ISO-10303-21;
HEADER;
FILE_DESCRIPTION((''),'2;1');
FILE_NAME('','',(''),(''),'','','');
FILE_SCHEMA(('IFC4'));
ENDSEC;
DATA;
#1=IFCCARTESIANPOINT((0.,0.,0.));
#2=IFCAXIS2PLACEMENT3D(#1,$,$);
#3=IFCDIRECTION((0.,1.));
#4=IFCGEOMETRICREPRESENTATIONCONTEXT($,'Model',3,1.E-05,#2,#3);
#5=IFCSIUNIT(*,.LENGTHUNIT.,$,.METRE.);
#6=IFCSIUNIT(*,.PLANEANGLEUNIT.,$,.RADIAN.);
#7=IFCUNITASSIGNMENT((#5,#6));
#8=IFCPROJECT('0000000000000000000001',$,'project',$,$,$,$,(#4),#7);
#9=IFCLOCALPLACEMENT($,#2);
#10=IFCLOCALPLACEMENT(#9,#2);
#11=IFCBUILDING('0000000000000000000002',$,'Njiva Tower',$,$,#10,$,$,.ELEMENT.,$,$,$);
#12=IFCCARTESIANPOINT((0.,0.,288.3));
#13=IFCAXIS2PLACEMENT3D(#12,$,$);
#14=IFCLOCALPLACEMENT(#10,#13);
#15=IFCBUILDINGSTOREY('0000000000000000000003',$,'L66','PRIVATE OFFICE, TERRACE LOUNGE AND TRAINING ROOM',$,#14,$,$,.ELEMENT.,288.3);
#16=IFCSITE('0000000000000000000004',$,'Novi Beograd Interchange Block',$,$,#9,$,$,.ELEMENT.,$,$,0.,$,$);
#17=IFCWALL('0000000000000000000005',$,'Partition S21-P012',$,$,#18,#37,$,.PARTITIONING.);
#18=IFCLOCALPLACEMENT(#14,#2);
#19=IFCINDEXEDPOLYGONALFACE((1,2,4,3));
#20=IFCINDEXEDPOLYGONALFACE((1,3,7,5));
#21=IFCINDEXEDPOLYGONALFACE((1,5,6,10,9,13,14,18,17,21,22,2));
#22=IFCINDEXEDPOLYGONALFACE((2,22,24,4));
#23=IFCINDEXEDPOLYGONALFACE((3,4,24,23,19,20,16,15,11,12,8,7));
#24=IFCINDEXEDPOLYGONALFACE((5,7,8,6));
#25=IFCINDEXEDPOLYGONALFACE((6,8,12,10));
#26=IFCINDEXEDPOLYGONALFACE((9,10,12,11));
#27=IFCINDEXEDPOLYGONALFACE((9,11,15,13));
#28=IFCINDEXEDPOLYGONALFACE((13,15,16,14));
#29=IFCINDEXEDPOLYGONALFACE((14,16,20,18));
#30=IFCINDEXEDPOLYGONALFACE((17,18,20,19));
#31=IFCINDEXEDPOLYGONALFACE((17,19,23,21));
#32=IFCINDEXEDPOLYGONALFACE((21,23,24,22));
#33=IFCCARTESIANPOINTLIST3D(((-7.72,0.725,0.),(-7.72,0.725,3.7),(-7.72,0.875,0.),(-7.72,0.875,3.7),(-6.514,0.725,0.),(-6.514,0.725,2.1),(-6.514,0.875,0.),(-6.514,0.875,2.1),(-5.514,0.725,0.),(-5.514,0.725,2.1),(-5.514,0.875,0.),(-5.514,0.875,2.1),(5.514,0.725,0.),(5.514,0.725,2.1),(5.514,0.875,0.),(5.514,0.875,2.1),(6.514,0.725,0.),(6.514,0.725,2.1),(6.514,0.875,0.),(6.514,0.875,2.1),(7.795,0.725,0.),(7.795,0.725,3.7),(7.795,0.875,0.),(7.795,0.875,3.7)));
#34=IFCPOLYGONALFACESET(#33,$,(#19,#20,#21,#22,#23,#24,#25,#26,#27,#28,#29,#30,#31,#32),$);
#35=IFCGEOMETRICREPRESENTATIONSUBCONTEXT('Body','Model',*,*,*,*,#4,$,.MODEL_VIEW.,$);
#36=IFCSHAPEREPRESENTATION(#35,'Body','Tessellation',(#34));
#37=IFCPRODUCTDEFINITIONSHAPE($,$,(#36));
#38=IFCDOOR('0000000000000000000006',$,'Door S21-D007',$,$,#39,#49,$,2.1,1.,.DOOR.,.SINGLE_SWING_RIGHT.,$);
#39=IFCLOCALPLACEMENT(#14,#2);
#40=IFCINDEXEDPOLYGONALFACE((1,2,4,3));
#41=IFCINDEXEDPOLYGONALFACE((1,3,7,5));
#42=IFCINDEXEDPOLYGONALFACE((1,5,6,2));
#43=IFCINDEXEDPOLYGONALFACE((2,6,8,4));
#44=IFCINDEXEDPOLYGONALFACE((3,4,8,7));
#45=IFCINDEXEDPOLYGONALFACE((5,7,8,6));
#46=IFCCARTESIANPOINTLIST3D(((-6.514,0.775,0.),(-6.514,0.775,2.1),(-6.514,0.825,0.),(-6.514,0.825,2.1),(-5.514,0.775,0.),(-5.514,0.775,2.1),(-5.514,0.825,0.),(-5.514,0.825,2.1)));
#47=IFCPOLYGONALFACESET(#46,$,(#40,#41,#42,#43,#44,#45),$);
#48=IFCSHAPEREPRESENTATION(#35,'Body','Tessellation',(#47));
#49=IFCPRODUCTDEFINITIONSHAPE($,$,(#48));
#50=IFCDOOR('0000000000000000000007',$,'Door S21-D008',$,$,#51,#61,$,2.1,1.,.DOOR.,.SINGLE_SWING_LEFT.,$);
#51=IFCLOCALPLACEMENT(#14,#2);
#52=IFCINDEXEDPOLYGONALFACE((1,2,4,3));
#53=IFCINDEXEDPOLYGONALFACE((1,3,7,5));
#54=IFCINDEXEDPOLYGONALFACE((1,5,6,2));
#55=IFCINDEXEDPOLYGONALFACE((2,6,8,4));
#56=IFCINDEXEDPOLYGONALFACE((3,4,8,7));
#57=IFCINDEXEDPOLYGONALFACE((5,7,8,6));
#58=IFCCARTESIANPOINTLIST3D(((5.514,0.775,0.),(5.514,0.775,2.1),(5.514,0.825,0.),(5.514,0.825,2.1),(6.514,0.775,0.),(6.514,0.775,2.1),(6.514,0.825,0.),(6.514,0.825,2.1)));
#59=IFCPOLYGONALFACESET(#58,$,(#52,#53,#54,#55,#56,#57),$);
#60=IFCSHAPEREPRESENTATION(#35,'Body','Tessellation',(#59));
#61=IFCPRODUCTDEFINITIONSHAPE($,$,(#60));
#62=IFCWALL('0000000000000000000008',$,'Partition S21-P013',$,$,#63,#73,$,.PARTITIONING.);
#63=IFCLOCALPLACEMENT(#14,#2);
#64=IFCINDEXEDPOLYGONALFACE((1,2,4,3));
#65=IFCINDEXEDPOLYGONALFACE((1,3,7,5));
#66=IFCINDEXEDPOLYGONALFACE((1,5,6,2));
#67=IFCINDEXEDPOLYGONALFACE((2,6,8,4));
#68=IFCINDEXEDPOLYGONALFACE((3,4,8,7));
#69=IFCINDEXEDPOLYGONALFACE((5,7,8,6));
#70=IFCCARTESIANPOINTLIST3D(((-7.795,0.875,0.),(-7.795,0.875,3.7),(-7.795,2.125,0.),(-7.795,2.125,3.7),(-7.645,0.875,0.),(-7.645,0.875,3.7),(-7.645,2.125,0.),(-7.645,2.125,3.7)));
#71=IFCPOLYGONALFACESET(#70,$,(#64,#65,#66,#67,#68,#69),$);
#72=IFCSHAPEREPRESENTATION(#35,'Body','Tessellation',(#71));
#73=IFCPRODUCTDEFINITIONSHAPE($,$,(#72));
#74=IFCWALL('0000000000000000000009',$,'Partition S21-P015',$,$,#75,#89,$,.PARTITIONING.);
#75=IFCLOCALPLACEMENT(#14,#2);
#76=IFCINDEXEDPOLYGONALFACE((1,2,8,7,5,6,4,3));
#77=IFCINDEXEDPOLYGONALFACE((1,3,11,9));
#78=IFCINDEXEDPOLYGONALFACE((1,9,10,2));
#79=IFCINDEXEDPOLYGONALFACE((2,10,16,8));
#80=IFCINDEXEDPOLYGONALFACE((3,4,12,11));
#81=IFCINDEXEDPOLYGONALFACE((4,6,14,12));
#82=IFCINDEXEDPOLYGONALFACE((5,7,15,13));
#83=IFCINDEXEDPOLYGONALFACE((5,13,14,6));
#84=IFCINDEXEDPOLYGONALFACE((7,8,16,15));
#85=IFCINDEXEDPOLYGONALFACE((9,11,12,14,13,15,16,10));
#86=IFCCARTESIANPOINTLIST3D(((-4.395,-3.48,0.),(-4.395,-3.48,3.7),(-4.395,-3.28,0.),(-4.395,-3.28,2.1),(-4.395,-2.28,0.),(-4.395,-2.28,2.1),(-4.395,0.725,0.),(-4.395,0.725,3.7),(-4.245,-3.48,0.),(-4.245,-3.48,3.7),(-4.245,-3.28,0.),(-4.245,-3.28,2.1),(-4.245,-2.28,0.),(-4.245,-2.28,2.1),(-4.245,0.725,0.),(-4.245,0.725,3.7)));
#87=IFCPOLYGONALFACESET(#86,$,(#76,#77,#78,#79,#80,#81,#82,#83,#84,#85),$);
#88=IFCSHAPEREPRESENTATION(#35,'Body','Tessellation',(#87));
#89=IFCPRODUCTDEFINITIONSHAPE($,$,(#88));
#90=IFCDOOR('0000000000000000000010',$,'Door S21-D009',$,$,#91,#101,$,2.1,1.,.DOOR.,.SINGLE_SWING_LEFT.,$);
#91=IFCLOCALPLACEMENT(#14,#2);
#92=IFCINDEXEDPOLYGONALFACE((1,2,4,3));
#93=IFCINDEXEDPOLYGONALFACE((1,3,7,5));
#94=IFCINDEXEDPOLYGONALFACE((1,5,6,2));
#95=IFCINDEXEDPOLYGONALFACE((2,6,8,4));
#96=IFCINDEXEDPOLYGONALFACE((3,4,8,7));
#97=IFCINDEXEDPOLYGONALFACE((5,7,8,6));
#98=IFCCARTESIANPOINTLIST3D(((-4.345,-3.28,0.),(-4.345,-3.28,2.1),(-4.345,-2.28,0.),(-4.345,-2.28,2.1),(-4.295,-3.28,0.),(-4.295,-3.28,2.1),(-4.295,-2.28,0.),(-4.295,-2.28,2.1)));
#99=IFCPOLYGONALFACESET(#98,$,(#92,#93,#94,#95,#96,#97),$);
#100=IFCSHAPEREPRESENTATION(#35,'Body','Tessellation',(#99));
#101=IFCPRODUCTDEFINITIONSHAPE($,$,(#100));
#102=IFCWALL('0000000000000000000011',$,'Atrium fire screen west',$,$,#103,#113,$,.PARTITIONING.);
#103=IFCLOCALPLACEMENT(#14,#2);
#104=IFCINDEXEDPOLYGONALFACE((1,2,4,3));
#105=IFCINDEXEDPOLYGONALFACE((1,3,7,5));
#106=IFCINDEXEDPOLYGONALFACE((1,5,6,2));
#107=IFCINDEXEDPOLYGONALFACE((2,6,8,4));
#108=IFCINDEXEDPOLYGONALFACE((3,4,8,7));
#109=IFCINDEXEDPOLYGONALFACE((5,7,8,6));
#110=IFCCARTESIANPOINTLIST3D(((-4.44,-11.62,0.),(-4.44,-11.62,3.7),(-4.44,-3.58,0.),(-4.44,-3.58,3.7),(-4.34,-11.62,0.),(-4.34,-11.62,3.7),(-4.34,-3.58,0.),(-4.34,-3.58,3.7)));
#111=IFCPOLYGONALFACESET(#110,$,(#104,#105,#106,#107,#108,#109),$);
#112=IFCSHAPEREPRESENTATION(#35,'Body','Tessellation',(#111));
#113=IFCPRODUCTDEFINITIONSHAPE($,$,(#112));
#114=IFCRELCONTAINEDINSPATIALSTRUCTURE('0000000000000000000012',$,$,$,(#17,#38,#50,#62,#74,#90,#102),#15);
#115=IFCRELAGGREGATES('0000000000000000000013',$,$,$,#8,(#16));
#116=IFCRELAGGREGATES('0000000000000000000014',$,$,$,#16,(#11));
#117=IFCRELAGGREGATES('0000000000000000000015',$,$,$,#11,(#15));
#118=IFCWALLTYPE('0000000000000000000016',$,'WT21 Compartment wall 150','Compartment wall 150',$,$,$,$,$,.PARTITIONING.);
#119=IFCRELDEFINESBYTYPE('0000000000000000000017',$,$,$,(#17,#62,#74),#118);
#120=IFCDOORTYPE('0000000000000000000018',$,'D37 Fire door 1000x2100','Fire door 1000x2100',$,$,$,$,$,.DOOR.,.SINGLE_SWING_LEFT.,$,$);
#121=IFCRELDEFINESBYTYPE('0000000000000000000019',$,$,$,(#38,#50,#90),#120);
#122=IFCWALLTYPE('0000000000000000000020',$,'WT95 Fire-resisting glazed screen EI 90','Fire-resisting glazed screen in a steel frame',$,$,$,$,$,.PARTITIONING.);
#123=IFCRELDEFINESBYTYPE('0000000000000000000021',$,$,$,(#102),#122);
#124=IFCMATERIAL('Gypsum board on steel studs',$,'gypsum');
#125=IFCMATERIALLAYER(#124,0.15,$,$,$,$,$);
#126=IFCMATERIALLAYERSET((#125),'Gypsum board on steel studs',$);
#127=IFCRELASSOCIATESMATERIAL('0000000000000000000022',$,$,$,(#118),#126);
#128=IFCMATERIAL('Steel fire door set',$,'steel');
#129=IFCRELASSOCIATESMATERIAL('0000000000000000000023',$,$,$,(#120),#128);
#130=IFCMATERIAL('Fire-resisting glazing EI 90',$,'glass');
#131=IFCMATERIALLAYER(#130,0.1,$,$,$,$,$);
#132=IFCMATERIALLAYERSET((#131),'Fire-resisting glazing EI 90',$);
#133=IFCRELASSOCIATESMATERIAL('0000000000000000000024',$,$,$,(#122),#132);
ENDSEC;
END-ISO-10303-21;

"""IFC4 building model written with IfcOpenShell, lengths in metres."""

from ifc_helpers import new_model, si_unit, direction, frame, frame_2d, origin, place, context, subcontext, project, spatial, rectangle, extrude, material, layer, layer_set, type_object, element, fill, save


model = new_model("IFC4")

# Units and contexts
model_context = context("Model", 3, precision=1e-05, world=origin(), true_north=direction((0.0, 1.0)))
body_context = subcontext(model_context, "Body", "Model", "MODEL_VIEW")
ifc_project = project(units=[si_unit("LENGTHUNIT", "METRE"), si_unit("PLANEANGLEUNIT", "RADIAN")], contexts=[model_context])

# Site, building, storey
site_placement = place(None, origin())
site = spatial("IfcSite", under=ifc_project, at=site_placement, Name="Novi Beograd Interchange Block", CompositionType="ELEMENT", RefElevation=0.0)
building_placement = place(site_placement, origin())
building = spatial("IfcBuilding", under=site, at=building_placement, Name="Njiva Tower", CompositionType="ELEMENT")
storey_placement = place(building_placement, frame((0.0, 0.0, 288.3)))
storey = spatial("IfcBuildingStorey", under=building, at=storey_placement, Name="L66", Description="PRIVATE OFFICE, TERRACE LOUNGE AND TRAINING ROOM", CompositionType="ELEMENT", Elevation=288.3)

# Shared definitions
ifc_material_1 = material(Name="Gypsum board on steel studs", Category="gypsum")
ifc_layer_1 = layer(ifc_material_1, 0.15)
ifc_layer_set_1 = layer_set([ifc_layer_1], Name="Gypsum board on steel studs")
wall_type_1 = type_object("IfcWallType", Name="WT21 Compartment wall 150", Description="Compartment wall 150", PredefinedType="PARTITIONING", material=ifc_layer_set_1)

# Wall, openings, doors
wall_1_placement = place(storey_placement, frame((-7.72, 0.8, 0.0), z_axis=(0.0, 0.0, 1.0), x_axis=(1.0, 0.0, 0.0)))
wall_1 = element("IfcWall", 1, at=wall_1_placement, inside=storey, type_object=wall_type_1, Name="Partition S21-P012", PredefinedType="PARTITIONING", context=body_context, shape_type="SweptSolid", body=[
    extrude(rectangle(XDim=15.515, YDim=0.15, at=frame_2d((7.7575, 0.0))), origin(), (0.0, 0.0, 1.0), 3.7),
])
opening_1_placement = place(wall_1_placement, frame((1.206, 0.0, 0.0)))
opening_1 = element("IfcOpeningElement", 2, at=opening_1_placement, cuts=wall_1, PredefinedType="OPENING", context=body_context, shape_type="SweptSolid", body=[
    extrude(rectangle(XDim=1.0, YDim=2.1, at=frame_2d((0.5, 1.05))), frame((0.0, 0.085, 0.0), z_axis=(0.0, -1.0, 0.0), x_axis=(1.0, 0.0, 0.0)), (0.0, 0.0, 1.0), 0.17),
])
opening_2_placement = place(wall_1_placement, frame((13.234, 0.0, 0.0)))
opening_2 = element("IfcOpeningElement", 3, at=opening_2_placement, cuts=wall_1, PredefinedType="OPENING", context=body_context, shape_type="SweptSolid", body=[
    extrude(rectangle(XDim=1.0, YDim=2.1, at=frame_2d((0.5, 1.05))), frame((0.0, 0.085, 0.0), z_axis=(0.0, -1.0, 0.0), x_axis=(1.0, 0.0, 0.0)), (0.0, 0.0, 1.0), 0.17),
])
ifc_material_2 = material(Name="Steel fire door set", Category="steel")
door_type = type_object("IfcDoorType", Name="D37 Fire door 1000x2100", Description="Fire door 1000x2100", OperationType="SINGLE_SWING_LEFT", PredefinedType="DOOR", material=ifc_material_2)
door_1_placement = place(opening_1_placement, origin())
door_1 = element("IfcDoor", 4, at=door_1_placement, inside=storey, type_object=door_type, Name="Door S21-D007", OperationType="SINGLE_SWING_RIGHT", OverallHeight=2.1, OverallWidth=1.0, PredefinedType="DOOR", context=body_context, shape_type="SweptSolid", body=[
    extrude(rectangle(XDim=1.0, YDim=2.1, at=frame_2d((0.5, 1.05))), frame((0.0, 0.025, 0.0), z_axis=(0.0, -1.0, 0.0), x_axis=(1.0, 0.0, 0.0)), (0.0, 0.0, 1.0), 0.05),
])
fill(opening_1, door_1)
door_2_placement = place(opening_2_placement, origin())
door_2 = element("IfcDoor", 5, at=door_2_placement, inside=storey, type_object=door_type, Name="Door S21-D008", OperationType="SINGLE_SWING_LEFT", OverallHeight=2.1, OverallWidth=1.0, PredefinedType="DOOR", context=body_context, shape_type="SweptSolid", body=[
    extrude(rectangle(XDim=1.0, YDim=2.1, at=frame_2d((0.5, 1.05))), frame((0.0, 0.025, 0.0), z_axis=(0.0, -1.0, 0.0), x_axis=(1.0, 0.0, 0.0)), (0.0, 0.0, 1.0), 0.05),
])
fill(opening_2, door_2)

# Wall
wall_2_placement = place(storey_placement, frame((-7.72, 0.875, 0.0), z_axis=(0.0, 0.0, 1.0), x_axis=(0.0, 1.0, 0.0)))
element("IfcWall", 6, at=wall_2_placement, inside=storey, type_object=wall_type_1, Name="Partition S21-P013", PredefinedType="PARTITIONING", context=body_context, shape_type="SweptSolid", body=[
    extrude(rectangle(XDim=1.25, YDim=0.15, at=frame_2d((0.625, 0.0))), origin(), (0.0, 0.0, 1.0), 3.7),
])

# Wall, opening, door
wall_3_placement = place(storey_placement, frame((-4.32, -3.48, 0.0), z_axis=(0.0, 0.0, 1.0), x_axis=(0.0, 1.0, 0.0)))
wall_3 = element("IfcWall", 7, at=wall_3_placement, inside=storey, type_object=wall_type_1, Name="Partition S21-P015", PredefinedType="PARTITIONING", context=body_context, shape_type="SweptSolid", body=[
    extrude(rectangle(XDim=4.205, YDim=0.15, at=frame_2d((2.1025, 0.0))), origin(), (0.0, 0.0, 1.0), 3.7),
])
opening_3_placement = place(wall_3_placement, frame((0.2, 0.0, 0.0)))
opening_3 = element("IfcOpeningElement", 8, at=opening_3_placement, cuts=wall_3, PredefinedType="OPENING", context=body_context, shape_type="SweptSolid", body=[
    extrude(rectangle(XDim=1.0, YDim=2.1, at=frame_2d((0.5, 1.05))), frame((0.0, 0.085, 0.0), z_axis=(0.0, -1.0, 0.0), x_axis=(1.0, 0.0, 0.0)), (0.0, 0.0, 1.0), 0.17),
])
door_3_placement = place(opening_3_placement, origin())
door_3 = element("IfcDoor", 9, at=door_3_placement, inside=storey, type_object=door_type, Name="Door S21-D009", OperationType="SINGLE_SWING_LEFT", OverallHeight=2.1, OverallWidth=1.0, PredefinedType="DOOR", context=body_context, shape_type="SweptSolid", body=[
    extrude(rectangle(XDim=1.0, YDim=2.1, at=frame_2d((0.5, 1.05))), frame((0.0, 0.025, 0.0), z_axis=(0.0, -1.0, 0.0), x_axis=(1.0, 0.0, 0.0)), (0.0, 0.0, 1.0), 0.05),
])
fill(opening_3, door_3)

# Wall
ifc_material_3 = material(Name="Fire-resisting glazing EI 90", Category="glass")
ifc_layer_2 = layer(ifc_material_3, 0.1)
ifc_layer_set_2 = layer_set([ifc_layer_2], Name="Fire-resisting glazing EI 90")
wall_type_2 = type_object("IfcWallType", Name="WT95 Fire-resisting glazed screen EI 90", Description="Fire-resisting glazed screen in a steel frame", PredefinedType="PARTITIONING", material=ifc_layer_set_2)
wall_4_placement = place(storey_placement, frame((-4.39, -3.58, 0.0), z_axis=(0.0, 0.0, 1.0), x_axis=(0.0, -1.0, 0.0)))
element("IfcWall", 10, at=wall_4_placement, inside=storey, type_object=wall_type_2, Name="Atrium fire screen west", PredefinedType="PARTITIONING", context=body_context, shape_type="SweptSolid", body=[
    extrude(rectangle(XDim=8.04, YDim=0.1, at=frame_2d((4.02, 0.0))), origin(), (0.0, 0.0, 1.0), 3.7),
])

save(model, "model.ifc")
